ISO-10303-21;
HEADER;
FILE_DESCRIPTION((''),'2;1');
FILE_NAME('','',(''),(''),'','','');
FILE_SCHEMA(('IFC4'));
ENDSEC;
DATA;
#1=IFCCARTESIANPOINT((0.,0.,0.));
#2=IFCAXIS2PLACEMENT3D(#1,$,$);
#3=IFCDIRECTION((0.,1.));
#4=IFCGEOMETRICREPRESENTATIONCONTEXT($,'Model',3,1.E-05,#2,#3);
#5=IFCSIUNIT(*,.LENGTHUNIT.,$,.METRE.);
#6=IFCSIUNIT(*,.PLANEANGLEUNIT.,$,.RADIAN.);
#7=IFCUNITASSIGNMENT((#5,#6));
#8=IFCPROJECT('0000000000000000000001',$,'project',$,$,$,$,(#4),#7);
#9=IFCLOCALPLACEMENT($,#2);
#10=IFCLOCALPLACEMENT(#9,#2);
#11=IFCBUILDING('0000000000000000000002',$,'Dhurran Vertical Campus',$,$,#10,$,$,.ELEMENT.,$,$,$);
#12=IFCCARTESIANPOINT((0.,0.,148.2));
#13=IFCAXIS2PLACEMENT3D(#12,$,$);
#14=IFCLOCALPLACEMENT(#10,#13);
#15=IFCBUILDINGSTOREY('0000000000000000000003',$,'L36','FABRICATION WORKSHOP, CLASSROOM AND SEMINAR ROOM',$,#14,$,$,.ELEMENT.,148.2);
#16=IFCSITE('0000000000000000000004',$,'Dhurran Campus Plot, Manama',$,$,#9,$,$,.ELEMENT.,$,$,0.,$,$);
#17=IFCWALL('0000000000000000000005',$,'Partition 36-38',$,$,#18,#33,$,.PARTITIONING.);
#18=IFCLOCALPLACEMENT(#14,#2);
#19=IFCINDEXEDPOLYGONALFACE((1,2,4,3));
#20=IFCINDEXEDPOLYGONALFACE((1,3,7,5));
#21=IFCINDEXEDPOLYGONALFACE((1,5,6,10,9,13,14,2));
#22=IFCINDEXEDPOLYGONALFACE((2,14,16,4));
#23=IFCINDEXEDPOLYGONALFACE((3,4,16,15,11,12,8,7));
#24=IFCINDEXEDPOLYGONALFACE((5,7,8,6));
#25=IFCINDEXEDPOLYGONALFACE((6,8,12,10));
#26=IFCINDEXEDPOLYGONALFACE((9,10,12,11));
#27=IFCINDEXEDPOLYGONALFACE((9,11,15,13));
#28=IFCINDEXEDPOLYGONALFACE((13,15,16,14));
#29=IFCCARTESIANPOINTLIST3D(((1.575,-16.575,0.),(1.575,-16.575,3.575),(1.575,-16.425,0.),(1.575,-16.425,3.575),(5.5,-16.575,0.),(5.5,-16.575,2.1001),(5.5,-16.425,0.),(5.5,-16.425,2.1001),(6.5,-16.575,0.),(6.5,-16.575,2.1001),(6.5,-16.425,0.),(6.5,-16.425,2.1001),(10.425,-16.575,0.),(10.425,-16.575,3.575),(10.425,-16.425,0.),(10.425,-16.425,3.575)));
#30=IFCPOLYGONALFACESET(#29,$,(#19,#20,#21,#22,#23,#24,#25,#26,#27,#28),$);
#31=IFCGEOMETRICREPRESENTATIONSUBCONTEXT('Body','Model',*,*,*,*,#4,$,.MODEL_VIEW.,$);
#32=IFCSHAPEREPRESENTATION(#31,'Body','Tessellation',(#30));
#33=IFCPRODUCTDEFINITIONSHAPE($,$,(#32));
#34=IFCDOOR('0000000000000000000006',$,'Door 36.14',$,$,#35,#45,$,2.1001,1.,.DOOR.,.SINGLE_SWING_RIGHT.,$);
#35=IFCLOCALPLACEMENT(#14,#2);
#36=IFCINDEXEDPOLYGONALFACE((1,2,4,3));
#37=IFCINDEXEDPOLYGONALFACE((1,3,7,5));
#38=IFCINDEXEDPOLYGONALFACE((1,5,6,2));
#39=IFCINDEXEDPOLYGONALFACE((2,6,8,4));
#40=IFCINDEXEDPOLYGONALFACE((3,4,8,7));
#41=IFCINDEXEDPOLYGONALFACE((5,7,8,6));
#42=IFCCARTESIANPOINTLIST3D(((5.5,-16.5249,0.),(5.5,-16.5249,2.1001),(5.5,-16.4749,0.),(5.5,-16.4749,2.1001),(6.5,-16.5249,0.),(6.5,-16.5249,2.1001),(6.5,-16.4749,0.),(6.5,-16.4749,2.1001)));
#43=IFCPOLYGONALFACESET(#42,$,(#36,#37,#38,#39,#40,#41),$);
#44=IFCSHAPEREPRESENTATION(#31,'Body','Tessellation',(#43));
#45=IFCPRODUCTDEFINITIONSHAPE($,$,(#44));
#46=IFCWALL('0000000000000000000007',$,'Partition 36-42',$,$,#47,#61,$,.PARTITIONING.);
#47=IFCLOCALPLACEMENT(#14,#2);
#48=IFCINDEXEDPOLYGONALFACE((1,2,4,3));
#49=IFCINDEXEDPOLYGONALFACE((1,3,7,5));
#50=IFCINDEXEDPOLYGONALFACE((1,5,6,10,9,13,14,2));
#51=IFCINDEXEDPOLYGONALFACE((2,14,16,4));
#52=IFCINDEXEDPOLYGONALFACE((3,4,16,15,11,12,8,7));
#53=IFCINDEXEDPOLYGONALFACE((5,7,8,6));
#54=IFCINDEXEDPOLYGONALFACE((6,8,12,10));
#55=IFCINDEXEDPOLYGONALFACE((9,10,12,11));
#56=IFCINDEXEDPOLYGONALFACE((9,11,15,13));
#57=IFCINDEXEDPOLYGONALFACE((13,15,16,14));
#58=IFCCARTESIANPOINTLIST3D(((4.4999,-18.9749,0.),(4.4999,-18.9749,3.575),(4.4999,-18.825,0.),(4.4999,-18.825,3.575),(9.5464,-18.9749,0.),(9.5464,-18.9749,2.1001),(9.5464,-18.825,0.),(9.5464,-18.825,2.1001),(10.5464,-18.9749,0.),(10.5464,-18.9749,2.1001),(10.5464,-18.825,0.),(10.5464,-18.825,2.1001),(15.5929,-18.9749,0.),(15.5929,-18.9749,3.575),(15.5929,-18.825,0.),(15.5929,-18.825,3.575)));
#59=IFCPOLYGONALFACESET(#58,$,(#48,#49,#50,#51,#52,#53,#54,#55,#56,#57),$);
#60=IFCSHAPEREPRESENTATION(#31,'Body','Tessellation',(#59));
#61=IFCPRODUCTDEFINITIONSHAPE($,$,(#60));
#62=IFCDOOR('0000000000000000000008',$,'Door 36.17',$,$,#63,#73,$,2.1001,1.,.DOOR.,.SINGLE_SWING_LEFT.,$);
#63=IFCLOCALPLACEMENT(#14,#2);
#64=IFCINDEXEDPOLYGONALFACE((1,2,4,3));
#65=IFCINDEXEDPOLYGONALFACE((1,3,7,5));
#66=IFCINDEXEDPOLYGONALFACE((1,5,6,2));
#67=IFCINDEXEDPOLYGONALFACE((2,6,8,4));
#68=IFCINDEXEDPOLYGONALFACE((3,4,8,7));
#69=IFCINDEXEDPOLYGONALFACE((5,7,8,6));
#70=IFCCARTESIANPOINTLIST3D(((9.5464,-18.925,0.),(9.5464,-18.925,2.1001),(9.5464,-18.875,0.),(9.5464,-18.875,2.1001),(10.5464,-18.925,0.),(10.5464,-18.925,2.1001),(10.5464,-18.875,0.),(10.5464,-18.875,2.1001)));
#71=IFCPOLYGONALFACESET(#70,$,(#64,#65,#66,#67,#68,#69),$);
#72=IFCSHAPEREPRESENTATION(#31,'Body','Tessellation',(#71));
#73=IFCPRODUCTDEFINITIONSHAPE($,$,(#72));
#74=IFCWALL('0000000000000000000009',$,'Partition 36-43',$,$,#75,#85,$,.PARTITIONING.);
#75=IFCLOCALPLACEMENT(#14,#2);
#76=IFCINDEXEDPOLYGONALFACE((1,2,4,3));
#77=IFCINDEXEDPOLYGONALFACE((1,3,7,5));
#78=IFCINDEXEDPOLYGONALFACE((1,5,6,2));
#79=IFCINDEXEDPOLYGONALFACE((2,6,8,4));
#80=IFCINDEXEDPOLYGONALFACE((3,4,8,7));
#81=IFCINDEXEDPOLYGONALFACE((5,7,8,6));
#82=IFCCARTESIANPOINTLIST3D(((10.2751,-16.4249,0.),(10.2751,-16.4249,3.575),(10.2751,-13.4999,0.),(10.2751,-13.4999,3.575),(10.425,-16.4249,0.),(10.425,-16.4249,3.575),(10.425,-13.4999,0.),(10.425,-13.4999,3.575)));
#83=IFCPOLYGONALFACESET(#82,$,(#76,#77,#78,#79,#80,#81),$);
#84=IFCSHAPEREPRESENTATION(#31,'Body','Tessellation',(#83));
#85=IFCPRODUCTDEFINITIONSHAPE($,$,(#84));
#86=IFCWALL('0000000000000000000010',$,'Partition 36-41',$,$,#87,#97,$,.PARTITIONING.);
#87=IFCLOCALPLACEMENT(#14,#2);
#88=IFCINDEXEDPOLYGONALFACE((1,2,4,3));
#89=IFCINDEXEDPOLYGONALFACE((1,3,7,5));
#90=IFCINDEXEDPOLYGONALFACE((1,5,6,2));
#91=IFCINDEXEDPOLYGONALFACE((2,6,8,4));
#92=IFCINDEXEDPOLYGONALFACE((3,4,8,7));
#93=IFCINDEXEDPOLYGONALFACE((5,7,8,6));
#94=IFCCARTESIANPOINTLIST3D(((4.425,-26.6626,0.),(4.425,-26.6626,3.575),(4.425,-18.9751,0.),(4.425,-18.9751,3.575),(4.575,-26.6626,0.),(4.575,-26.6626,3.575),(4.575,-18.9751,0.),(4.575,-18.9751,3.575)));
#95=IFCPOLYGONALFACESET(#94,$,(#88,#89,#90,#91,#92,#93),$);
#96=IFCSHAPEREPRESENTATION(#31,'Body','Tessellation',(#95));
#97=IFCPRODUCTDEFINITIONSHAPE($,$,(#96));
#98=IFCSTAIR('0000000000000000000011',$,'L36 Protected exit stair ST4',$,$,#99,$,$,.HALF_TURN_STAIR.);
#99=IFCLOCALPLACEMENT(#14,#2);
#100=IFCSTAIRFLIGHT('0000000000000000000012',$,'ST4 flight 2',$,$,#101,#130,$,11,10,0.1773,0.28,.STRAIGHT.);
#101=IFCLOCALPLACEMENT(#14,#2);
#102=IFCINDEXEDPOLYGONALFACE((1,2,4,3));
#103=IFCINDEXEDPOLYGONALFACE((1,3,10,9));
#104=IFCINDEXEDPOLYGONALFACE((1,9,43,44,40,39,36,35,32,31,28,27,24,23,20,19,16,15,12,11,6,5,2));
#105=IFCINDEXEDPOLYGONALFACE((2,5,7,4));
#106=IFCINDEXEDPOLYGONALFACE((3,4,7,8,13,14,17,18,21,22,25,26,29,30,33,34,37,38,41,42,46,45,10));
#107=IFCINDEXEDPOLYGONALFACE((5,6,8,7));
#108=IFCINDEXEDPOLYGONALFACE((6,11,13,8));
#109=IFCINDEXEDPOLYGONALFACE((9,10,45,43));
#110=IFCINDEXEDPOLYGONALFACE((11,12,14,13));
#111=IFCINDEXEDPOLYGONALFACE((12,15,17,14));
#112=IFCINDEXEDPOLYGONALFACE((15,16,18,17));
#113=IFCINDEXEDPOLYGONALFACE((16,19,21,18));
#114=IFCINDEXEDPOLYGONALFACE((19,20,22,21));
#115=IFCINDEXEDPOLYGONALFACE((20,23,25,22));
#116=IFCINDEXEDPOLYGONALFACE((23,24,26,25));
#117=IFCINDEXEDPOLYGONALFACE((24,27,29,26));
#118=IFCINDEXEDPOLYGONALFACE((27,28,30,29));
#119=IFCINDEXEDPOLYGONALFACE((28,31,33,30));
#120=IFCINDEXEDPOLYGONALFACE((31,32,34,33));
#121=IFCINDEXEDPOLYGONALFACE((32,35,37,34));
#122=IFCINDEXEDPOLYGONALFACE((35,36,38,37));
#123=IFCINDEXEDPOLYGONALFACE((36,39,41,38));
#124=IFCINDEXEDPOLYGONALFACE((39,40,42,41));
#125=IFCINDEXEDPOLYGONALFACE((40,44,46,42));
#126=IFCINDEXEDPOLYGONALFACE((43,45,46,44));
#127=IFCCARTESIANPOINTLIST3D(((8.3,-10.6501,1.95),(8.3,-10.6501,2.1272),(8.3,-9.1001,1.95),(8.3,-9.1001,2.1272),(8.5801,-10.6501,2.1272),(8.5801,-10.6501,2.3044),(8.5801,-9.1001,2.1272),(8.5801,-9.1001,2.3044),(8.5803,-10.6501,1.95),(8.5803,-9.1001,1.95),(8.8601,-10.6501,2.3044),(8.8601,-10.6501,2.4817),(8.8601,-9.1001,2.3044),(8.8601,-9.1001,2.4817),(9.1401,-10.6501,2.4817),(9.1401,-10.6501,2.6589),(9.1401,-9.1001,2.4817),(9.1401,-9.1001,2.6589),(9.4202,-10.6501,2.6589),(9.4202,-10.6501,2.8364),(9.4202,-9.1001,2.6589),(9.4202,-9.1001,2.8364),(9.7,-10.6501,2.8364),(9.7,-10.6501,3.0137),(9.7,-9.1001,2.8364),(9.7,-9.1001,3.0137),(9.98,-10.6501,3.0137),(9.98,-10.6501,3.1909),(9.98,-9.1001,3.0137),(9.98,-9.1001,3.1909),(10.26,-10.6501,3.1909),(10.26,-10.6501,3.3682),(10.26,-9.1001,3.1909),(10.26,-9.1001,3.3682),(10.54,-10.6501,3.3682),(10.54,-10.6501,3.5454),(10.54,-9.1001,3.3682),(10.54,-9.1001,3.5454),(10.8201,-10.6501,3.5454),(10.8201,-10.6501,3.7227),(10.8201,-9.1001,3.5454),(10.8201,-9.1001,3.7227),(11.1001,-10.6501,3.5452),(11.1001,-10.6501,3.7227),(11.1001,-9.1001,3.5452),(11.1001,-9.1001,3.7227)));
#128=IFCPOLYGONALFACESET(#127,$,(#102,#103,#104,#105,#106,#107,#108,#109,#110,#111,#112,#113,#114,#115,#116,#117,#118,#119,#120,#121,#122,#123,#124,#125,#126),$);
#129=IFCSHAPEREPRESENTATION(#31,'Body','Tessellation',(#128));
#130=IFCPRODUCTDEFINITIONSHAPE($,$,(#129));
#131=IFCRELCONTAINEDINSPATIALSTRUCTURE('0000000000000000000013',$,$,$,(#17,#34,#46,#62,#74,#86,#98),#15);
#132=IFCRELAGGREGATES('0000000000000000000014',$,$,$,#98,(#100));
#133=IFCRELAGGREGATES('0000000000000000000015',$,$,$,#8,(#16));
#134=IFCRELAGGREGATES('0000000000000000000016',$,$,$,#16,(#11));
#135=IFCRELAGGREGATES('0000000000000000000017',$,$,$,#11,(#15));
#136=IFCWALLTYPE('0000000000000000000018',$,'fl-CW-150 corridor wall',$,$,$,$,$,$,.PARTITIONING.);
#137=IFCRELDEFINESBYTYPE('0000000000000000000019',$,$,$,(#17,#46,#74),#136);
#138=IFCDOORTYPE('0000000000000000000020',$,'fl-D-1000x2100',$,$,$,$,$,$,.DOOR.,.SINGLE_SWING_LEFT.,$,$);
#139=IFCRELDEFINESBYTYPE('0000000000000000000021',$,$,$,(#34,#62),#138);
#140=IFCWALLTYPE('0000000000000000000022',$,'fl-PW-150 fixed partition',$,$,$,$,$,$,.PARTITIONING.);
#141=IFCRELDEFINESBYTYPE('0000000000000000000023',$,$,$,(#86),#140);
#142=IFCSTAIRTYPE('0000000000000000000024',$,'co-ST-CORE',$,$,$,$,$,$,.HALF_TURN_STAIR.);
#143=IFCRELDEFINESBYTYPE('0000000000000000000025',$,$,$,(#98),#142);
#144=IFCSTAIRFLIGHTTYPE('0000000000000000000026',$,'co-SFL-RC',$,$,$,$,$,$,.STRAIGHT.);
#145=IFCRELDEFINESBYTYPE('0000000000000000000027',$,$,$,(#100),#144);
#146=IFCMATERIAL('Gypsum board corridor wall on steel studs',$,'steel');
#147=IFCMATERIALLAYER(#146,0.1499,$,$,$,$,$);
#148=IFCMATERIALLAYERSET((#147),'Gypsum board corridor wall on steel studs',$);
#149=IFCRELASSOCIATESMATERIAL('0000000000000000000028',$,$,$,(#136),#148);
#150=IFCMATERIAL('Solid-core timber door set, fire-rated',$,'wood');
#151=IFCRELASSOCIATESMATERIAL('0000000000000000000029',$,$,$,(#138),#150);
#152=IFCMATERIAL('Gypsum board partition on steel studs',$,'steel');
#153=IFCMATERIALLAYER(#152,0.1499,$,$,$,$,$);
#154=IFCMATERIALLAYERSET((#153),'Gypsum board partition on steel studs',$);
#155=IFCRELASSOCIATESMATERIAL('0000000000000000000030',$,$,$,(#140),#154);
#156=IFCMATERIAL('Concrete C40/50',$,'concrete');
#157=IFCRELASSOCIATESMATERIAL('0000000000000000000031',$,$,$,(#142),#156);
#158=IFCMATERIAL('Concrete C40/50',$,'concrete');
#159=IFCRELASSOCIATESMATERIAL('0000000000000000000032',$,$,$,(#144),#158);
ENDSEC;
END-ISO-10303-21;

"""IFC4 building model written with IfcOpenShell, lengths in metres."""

from ifc_helpers import new_model, si_unit, direction, frame, frame_2d, origin, place, context, subcontext, project, spatial, polyline, rectangle, outline, extrude, material, layer, layer_set, type_object, element, fill, aggregate, save


model = new_model("IFC4")

# Units and contexts
model_context = context("Model", 3, precision=1e-05, world=origin(), true_north=direction((0.0, 1.0)))
body_context = subcontext(model_context, "Body", "Model", "MODEL_VIEW")
ifc_project = project(units=[si_unit("LENGTHUNIT", "METRE"), si_unit("PLANEANGLEUNIT", "RADIAN")], contexts=[model_context])

# Site, building, storey
site_placement = place(None, origin())
site = spatial("IfcSite", under=ifc_project, at=site_placement, Name="Dhurran Campus Plot, Manama", CompositionType="ELEMENT", RefElevation=0.0)
building_placement = place(site_placement, origin())
building = spatial("IfcBuilding", under=site, at=building_placement, Name="Dhurran Vertical Campus", CompositionType="ELEMENT")
storey_placement = place(building_placement, frame((0.0, 0.0, 148.2)))
storey = spatial("IfcBuildingStorey", under=building, at=storey_placement, Name="L36", Description="FABRICATION WORKSHOP, CLASSROOM AND SEMINAR ROOM", CompositionType="ELEMENT", Elevation=148.2)

# Shared definitions
ifc_material_1 = material(Name="Gypsum board corridor wall on steel studs", Category="steel")
ifc_layer_1 = layer(ifc_material_1, 0.1499)
ifc_layer_set_1 = layer_set([ifc_layer_1], Name="Gypsum board corridor wall on steel studs")
wall_type_1 = type_object("IfcWallType", Name="fl-CW-150 corridor wall", PredefinedType="PARTITIONING", material=ifc_layer_set_1)

# Walls, openings, doors
wall_1_placement = place(storey_placement, frame((10.425, -16.5, 0.0), z_axis=(0.0, 0.0, 1.0), x_axis=(-1.0, 0.0, 0.0)))
wall_1 = element("IfcWall", 1, at=wall_1_placement, inside=storey, type_object=wall_type_1, Name="Partition 36-38", PredefinedType="PARTITIONING", context=body_context, shape_type="SweptSolid", body=[
    extrude(rectangle(XDim=8.8501, YDim=0.1499, at=frame_2d((4.425, 0.0))), origin(), (0.0, 0.0, 1.0), 3.575),
])
opening_1_placement = place(wall_1_placement, frame((3.925, 0.0, 0.0)))
opening_1 = element("IfcOpeningElement", 2, at=opening_1_placement, cuts=wall_1, PredefinedType="OPENING", context=body_context, shape_type="SweptSolid", body=[
    extrude(rectangle(XDim=1.0, YDim=2.1001, at=frame_2d((0.5, 1.05))), frame((0.0, 0.085, 0.0), z_axis=(0.0, -1.0, 0.0), x_axis=(1.0, 0.0, 0.0)), (0.0, 0.0, 1.0), 0.1699),
])
ifc_material_2 = material(Name="Solid-core timber door set, fire-rated", Category="wood")
door_type_1 = type_object("IfcDoorType", Name="fl-D-1000x2100", OperationType="SINGLE_SWING_LEFT", PredefinedType="DOOR", material=ifc_material_2)
door_1_placement = place(opening_1_placement, origin())
door_1 = element("IfcDoor", 3, at=door_1_placement, inside=storey, type_object=door_type_1, Name="Door 36.14", OperationType="SINGLE_SWING_RIGHT", OverallHeight=2.1001, OverallWidth=1.0, PredefinedType="DOOR", context=body_context, shape_type="SweptSolid", body=[
    extrude(rectangle(XDim=1.0, YDim=2.1001, at=frame_2d((0.5, 1.05))), frame((0.0, 0.0249, 0.0), z_axis=(0.0, -1.0, 0.0), x_axis=(1.0, 0.0, 0.0)), (0.0, 0.0, 1.0), 0.05),
])
fill(opening_1, door_1)
wall_2_placement = place(storey_placement, frame((4.5, -18.8999, 0.0), z_axis=(0.0, 0.0, 1.0), x_axis=(1.0, 0.0, 0.0)))
wall_2 = element("IfcWall", 4, at=wall_2_placement, inside=storey, type_object=wall_type_1, Name="Partition 36-42", PredefinedType="PARTITIONING", context=body_context, shape_type="SweptSolid", body=[
    extrude(rectangle(XDim=11.093, YDim=0.1499, at=frame_2d((5.5464, 0.0))), origin(), (0.0, 0.0, 1.0), 3.575),
])
opening_2_placement = place(wall_2_placement, frame((5.0464, 0.0, 0.0)))
opening_2 = element("IfcOpeningElement", 5, at=opening_2_placement, cuts=wall_2, PredefinedType="OPENING", context=body_context, shape_type="SweptSolid", body=[
    extrude(rectangle(XDim=1.0, YDim=2.1001, at=frame_2d((0.5, 1.05))), frame((0.0, 0.085, 0.0), z_axis=(0.0, -1.0, 0.0), x_axis=(1.0, 0.0, 0.0)), (0.0, 0.0, 1.0), 0.1699),
])
door_2_placement = place(opening_2_placement, origin())
door_2 = element("IfcDoor", 6, at=door_2_placement, inside=storey, type_object=door_type_1, Name="Door 36.17", OperationType="SINGLE_SWING_LEFT", OverallHeight=2.1001, OverallWidth=1.0, PredefinedType="DOOR", context=body_context, shape_type="SweptSolid", body=[
    extrude(rectangle(XDim=1.0, YDim=2.1001, at=frame_2d((0.5, 1.05))), frame((0.0, 0.0249, 0.0), z_axis=(0.0, -1.0, 0.0), x_axis=(1.0, 0.0, 0.0)), (0.0, 0.0, 1.0), 0.05),
])
fill(opening_2, door_2)

# Walls
wall_3_placement = place(storey_placement, frame((10.3501, -13.5, 0.0), z_axis=(0.0, 0.0, 1.0), x_axis=(0.0, -1.0, 0.0)))
element("IfcWall", 7, at=wall_3_placement, inside=storey, type_object=wall_type_1, Name="Partition 36-43", PredefinedType="PARTITIONING", context=body_context, shape_type="SweptSolid", body=[
    extrude(rectangle(XDim=2.925, YDim=0.1499, at=frame_2d((1.4624, 0.0))), origin(), (0.0, 0.0, 1.0), 3.575),
])
ifc_material_3 = material(Name="Gypsum board partition on steel studs", Category="steel")
ifc_layer_2 = layer(ifc_material_3, 0.1499)
ifc_layer_set_2 = layer_set([ifc_layer_2], Name="Gypsum board partition on steel studs")
wall_type_2 = type_object("IfcWallType", Name="fl-PW-150 fixed partition", PredefinedType="PARTITIONING", material=ifc_layer_set_2)
wall_4_placement = place(storey_placement, frame((4.5, -18.9751, 0.0), z_axis=(0.0, 0.0, 1.0), x_axis=(0.0, -1.0, 0.0)))
element("IfcWall", 8, at=wall_4_placement, inside=storey, type_object=wall_type_2, Name="Partition 36-41", PredefinedType="PARTITIONING", context=body_context, shape_type="SweptSolid", body=[
    extrude(rectangle(XDim=7.6875, YDim=0.1499, at=frame_2d((3.8438, 0.0))), origin(), (0.0, 0.0, 1.0), 3.575),
])

# Stair, stair flight
ifc_material_4 = material(Name="Concrete C40/50", Category="concrete")
stair_type = type_object("IfcStairType", Name="co-ST-CORE", PredefinedType="HALF_TURN_STAIR", material=ifc_material_4)
stair_placement = place(storey_placement, origin())
stair = element("IfcStair", 9, at=stair_placement, inside=storey, type_object=stair_type, Name="L36 Protected exit stair ST4", PredefinedType="HALF_TURN_STAIR")
ifc_material_5 = material(Name="Concrete C40/50", Category="concrete")
stair_flight_type = type_object("IfcStairFlightType", Name="co-SFL-RC", PredefinedType="STRAIGHT", material=ifc_material_5)
stair_flight_placement = place(storey_placement, frame((8.3, -9.875, 1.95), z_axis=(0.0, 0.0, 1.0), x_axis=(1.0, 0.0, 0.0)))
stair_flight = element("IfcStairFlight", 10, at=stair_flight_placement, type_object=stair_flight_type, Name="ST4 flight 2", NumberOfRisers=11, NumberOfTreads=10, PredefinedType="STRAIGHT", RiserHeight=0.1773, TreadLength=0.28, context=body_context, shape_type="SweptSolid", body=[
    extrude(outline(polyline([(0.0, 0.0), (0.0, 0.1772), (0.28, 0.1772), (0.28, 0.3545), (0.5601, 0.3545), (0.5601, 0.5317), (0.8401, 0.5317), (0.8401, 0.709), (1.1201, 0.709), (1.1201, 0.8865), (1.3999, 0.8865), (1.3999, 1.0637), (1.6799, 1.0637), (1.6799, 1.241), (1.96, 1.241), (1.96, 1.4182), (2.24, 1.4182), (2.24, 1.5955), (2.52, 1.5955), (2.52, 1.7727), (2.8, 1.7727), (2.8, 1.95), (2.8, 1.5952), (0.2803, 0.0), (0.0, 0.0)])), frame((0.0, 0.7749, 0.0), z_axis=(0.0, -1.0, 0.0), x_axis=(1.0, 0.0, 0.0)), (0.0, 0.0, 1.0), 1.55),
])
aggregate(stair, [stair_flight])

save(model, "model.ifc")
